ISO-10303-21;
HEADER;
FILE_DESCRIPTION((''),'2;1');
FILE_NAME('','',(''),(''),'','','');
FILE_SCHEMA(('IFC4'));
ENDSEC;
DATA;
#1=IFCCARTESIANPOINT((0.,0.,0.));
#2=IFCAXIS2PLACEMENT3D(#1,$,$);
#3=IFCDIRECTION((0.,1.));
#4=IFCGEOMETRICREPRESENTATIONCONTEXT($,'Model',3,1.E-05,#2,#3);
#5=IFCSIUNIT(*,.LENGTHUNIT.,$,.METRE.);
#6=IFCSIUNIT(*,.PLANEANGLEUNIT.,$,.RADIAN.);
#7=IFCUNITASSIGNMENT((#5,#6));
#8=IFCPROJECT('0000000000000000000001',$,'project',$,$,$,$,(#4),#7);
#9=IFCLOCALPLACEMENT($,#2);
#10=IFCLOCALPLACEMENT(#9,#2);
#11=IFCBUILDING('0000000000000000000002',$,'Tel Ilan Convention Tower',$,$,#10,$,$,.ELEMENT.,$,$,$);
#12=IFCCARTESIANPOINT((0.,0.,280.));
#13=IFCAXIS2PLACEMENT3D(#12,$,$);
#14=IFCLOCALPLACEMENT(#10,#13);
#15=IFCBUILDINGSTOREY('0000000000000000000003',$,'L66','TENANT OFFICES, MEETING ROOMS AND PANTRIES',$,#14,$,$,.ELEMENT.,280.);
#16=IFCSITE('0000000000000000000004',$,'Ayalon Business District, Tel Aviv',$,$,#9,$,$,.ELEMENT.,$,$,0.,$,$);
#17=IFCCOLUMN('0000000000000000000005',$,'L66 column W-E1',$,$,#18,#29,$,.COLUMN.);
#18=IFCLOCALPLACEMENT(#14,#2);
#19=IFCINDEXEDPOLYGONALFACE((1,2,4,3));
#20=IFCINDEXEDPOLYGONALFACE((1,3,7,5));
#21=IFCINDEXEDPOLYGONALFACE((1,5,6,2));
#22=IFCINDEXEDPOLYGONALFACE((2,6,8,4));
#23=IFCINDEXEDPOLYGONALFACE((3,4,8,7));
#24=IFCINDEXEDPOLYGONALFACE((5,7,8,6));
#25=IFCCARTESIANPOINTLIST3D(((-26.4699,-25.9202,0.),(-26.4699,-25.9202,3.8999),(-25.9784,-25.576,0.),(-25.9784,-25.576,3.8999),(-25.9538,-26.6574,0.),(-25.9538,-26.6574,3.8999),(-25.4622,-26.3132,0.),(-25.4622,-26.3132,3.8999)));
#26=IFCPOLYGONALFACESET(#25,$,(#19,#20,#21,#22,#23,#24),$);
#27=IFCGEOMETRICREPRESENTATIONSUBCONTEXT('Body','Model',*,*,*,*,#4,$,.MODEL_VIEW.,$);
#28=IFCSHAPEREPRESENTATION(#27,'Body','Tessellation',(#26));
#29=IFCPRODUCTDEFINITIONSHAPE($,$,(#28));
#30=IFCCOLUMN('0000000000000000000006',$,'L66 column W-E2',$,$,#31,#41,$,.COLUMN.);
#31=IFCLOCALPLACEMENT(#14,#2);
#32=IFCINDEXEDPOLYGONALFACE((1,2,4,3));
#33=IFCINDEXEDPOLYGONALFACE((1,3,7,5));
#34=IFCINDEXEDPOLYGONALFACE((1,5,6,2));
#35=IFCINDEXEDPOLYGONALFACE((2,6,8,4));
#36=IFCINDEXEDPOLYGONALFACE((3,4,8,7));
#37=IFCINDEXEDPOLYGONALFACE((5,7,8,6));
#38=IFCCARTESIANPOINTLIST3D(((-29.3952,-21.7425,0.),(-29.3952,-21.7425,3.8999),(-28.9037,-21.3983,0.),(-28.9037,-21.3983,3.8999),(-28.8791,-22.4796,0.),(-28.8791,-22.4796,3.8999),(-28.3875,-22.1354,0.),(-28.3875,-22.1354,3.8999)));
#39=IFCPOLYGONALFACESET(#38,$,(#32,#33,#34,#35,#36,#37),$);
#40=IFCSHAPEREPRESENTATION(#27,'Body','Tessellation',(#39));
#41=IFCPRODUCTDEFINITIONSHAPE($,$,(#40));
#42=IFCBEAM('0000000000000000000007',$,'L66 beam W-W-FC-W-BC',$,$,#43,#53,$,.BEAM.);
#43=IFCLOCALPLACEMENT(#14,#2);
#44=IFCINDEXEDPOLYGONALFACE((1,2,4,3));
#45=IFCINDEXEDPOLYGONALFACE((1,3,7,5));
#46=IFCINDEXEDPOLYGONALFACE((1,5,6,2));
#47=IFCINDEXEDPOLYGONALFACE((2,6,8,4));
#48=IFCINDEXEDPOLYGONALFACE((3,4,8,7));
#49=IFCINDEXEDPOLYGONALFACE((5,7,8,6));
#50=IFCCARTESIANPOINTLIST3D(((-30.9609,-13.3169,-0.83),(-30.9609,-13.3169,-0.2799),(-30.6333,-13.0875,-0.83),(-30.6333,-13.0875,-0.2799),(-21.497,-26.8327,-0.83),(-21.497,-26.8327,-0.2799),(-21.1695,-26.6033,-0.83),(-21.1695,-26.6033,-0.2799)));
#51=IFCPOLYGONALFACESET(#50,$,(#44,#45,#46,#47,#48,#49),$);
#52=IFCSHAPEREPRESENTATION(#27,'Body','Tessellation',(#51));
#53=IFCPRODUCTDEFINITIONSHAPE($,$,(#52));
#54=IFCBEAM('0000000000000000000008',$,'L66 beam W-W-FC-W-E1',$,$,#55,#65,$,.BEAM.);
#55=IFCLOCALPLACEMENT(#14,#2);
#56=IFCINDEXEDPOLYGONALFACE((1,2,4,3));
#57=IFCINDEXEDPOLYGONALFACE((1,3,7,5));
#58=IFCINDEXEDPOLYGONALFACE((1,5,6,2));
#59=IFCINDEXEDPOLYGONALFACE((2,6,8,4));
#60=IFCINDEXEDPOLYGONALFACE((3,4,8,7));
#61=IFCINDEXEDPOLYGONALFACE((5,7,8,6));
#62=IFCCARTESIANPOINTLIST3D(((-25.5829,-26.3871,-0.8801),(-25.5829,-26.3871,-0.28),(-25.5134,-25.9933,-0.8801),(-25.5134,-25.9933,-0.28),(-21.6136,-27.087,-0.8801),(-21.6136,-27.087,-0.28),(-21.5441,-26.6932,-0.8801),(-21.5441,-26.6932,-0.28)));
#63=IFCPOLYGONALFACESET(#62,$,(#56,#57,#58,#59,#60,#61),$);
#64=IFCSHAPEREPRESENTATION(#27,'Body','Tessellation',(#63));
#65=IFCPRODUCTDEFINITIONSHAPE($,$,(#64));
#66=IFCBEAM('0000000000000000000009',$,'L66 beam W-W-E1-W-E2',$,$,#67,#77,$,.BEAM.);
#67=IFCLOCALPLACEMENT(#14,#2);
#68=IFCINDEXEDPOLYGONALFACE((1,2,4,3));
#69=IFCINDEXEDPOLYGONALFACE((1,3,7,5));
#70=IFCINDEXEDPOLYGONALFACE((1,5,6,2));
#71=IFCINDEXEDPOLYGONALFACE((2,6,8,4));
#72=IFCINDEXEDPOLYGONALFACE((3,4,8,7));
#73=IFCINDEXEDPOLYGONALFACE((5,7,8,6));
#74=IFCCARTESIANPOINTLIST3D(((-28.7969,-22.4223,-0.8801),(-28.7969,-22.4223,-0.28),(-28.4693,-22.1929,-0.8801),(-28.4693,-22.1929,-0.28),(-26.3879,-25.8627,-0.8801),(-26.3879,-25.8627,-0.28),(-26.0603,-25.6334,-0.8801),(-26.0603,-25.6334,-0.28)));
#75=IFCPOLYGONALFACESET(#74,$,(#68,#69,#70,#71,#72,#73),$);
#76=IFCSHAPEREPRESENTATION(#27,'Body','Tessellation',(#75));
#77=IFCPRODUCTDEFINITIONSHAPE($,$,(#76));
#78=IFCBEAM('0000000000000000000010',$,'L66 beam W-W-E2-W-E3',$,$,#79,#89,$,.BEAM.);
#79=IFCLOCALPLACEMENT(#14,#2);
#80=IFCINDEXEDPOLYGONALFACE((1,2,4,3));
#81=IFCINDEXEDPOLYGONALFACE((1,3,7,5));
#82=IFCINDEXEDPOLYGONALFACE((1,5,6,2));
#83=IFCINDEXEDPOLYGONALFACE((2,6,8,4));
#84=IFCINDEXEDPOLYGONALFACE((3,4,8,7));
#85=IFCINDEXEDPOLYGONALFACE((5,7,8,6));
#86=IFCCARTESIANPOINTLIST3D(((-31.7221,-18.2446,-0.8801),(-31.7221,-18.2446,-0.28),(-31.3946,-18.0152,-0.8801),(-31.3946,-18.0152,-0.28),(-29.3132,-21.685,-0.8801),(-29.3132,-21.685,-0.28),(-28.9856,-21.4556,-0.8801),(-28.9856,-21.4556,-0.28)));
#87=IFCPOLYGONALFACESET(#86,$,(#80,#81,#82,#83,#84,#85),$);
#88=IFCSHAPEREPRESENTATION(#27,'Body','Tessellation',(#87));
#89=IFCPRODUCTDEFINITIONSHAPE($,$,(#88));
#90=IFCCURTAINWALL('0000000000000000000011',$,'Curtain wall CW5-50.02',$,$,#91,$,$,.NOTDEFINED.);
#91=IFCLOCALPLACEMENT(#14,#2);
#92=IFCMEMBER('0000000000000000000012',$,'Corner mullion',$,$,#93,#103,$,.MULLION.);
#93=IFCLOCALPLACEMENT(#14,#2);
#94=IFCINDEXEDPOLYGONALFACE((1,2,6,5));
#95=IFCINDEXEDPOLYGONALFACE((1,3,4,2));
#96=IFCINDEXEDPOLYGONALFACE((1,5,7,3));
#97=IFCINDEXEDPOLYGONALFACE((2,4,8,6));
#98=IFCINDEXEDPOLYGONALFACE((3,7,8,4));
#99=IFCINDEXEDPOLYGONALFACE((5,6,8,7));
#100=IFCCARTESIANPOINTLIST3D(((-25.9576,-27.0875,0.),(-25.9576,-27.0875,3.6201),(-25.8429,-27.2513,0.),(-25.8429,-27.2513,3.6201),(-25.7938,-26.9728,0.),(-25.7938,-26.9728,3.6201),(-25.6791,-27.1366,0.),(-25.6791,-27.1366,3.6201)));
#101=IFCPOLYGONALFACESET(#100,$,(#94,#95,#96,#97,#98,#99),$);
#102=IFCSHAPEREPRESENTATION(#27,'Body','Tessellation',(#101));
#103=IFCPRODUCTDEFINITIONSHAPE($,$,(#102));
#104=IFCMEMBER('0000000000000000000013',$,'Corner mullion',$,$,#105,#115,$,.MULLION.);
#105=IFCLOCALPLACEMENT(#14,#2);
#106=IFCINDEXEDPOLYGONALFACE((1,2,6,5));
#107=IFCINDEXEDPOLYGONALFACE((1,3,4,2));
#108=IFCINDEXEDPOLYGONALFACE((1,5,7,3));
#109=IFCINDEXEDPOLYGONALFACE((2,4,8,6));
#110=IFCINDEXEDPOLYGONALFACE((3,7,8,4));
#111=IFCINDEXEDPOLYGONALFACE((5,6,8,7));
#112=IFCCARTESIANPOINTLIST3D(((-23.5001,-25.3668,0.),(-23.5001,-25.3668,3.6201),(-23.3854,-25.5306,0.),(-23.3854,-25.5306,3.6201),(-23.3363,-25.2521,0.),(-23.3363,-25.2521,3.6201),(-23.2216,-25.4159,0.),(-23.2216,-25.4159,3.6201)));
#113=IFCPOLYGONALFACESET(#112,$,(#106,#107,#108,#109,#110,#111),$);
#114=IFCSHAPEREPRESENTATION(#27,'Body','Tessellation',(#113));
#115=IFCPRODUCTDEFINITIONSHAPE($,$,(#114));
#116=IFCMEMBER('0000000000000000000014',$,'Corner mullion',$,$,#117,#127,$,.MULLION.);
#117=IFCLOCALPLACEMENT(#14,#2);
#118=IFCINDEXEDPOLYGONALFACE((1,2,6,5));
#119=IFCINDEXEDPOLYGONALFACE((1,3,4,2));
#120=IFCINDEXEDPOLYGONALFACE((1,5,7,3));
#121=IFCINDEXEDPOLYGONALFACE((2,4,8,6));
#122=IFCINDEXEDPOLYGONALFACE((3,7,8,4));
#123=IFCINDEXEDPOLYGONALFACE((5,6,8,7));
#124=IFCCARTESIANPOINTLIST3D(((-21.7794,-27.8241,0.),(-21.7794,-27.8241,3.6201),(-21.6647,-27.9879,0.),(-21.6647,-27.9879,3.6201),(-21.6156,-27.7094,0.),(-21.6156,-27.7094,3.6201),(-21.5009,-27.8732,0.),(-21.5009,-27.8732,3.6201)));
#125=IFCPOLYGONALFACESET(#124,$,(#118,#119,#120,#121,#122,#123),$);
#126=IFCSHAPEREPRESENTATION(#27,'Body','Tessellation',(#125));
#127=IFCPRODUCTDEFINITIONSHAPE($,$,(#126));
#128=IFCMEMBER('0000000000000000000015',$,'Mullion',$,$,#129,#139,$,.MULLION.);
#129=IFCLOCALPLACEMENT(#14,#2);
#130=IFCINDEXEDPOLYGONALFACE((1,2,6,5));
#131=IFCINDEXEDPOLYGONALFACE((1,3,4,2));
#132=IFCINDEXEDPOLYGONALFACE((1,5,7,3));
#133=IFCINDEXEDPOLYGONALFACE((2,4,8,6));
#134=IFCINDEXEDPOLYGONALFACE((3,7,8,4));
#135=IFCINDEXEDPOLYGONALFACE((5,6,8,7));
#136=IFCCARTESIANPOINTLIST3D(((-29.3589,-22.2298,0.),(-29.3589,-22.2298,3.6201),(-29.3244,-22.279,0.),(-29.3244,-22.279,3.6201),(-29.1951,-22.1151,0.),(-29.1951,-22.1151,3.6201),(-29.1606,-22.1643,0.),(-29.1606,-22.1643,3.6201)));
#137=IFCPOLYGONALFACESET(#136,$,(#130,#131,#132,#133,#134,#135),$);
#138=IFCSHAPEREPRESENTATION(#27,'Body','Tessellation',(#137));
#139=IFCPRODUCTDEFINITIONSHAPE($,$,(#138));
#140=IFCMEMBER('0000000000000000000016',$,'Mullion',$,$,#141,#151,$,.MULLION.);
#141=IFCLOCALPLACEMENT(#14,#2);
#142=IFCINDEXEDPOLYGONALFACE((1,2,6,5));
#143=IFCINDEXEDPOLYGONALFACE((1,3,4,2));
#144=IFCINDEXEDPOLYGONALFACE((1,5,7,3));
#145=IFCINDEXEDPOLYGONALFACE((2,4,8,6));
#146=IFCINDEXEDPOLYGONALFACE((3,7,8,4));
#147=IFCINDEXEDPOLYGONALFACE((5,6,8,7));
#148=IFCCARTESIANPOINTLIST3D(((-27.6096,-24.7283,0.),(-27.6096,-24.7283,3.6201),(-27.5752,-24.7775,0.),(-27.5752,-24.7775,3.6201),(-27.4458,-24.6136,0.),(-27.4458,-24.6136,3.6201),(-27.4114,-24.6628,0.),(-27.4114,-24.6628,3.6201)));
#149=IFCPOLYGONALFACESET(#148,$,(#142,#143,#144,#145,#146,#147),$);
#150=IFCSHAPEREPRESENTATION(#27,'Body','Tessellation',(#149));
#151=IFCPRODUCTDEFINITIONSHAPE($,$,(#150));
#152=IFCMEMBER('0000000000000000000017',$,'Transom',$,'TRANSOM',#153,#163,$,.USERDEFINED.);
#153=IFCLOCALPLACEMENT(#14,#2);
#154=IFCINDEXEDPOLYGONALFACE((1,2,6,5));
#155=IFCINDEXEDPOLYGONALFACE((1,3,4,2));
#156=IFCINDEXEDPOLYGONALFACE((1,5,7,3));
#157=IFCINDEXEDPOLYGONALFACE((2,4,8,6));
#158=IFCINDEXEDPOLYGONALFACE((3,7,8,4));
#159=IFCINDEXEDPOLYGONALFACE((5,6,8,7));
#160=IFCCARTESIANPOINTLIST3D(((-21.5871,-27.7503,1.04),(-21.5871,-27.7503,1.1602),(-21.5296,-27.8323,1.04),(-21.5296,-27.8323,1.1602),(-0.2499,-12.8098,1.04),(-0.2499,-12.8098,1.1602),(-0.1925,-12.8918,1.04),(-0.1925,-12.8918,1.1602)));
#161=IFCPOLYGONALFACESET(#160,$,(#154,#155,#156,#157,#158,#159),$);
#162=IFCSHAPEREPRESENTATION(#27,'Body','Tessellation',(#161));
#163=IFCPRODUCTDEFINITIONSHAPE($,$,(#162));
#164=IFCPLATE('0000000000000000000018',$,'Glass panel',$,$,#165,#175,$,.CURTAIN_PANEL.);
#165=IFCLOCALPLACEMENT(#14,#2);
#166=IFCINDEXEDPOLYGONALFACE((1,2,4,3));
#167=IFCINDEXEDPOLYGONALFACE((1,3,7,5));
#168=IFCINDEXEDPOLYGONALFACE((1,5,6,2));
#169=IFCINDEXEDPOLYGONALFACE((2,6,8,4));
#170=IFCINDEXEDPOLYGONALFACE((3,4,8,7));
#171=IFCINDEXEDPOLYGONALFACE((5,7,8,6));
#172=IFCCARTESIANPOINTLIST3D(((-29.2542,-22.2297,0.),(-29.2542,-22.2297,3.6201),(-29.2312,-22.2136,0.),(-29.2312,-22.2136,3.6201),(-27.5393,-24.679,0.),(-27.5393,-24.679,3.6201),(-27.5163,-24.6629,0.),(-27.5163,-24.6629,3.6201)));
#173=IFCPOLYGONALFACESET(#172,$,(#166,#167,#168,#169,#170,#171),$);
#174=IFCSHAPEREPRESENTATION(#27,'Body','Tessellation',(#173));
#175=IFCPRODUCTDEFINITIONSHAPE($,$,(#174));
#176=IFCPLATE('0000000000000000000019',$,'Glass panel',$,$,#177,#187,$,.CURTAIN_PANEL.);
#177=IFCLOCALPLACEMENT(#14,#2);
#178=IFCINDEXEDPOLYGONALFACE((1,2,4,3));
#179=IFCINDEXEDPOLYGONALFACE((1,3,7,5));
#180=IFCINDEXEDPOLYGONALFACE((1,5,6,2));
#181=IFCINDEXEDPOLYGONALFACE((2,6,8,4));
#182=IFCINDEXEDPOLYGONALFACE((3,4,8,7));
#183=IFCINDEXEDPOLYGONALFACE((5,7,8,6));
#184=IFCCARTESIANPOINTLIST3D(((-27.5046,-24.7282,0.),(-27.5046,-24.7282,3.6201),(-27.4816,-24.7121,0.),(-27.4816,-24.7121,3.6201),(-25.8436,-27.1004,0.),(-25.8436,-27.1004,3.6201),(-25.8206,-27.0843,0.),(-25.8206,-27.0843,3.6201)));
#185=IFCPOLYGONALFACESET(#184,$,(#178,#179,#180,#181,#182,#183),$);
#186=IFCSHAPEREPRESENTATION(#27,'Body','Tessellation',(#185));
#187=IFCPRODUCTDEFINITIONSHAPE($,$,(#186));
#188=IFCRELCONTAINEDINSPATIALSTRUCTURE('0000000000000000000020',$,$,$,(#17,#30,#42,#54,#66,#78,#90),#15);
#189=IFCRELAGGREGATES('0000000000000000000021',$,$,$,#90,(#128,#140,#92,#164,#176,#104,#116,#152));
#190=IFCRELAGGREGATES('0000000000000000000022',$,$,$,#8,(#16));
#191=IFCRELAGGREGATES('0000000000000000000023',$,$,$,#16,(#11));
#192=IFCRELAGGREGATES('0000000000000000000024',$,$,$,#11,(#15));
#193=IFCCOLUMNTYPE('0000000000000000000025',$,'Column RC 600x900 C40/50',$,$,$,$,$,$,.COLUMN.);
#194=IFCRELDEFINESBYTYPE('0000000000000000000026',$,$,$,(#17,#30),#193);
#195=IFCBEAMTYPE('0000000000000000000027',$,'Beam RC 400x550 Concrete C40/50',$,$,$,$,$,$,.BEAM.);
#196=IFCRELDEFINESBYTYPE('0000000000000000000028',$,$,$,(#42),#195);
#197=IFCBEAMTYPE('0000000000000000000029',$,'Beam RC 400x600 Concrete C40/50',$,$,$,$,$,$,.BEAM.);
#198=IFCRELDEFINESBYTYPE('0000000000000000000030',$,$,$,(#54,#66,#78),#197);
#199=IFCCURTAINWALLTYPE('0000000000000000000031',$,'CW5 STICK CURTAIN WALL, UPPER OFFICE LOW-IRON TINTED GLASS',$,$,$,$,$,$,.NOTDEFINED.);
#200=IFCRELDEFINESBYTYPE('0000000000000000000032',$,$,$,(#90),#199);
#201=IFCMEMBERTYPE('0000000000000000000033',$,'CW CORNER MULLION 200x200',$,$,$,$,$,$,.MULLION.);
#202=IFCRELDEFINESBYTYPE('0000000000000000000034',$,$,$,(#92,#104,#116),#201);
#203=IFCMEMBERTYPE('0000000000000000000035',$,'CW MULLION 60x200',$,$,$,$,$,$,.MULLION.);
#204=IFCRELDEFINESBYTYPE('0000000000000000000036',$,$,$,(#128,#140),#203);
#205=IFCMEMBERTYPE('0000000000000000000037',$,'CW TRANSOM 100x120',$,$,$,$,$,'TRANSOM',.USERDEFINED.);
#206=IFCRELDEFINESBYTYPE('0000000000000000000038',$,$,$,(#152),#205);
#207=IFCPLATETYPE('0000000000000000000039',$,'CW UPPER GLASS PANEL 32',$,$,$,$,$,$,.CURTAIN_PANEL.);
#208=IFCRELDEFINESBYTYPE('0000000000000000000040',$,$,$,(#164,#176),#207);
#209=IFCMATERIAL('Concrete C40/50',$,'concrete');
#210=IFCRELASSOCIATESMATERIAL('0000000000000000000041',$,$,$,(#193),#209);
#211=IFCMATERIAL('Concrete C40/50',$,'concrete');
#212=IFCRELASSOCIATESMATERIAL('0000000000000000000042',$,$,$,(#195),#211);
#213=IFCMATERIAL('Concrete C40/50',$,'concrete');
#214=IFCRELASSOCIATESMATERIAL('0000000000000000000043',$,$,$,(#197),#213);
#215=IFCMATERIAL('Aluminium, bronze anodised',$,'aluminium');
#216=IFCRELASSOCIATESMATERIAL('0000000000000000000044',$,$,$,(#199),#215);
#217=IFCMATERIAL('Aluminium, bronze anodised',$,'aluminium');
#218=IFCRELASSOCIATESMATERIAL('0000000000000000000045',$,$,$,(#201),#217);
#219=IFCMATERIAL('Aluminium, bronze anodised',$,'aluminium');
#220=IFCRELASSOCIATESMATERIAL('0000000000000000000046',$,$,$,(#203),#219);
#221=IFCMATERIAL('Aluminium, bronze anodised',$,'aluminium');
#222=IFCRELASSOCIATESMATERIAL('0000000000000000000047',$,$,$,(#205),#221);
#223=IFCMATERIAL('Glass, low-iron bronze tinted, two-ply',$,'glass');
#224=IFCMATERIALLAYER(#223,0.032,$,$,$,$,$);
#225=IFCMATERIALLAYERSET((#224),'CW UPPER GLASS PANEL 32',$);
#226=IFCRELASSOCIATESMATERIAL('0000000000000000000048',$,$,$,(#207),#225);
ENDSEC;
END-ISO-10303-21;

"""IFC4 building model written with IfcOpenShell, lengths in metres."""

from ifc_helpers import new_model, si_unit, direction, frame, origin, origin_2d, place, context, subcontext, project, spatial, rectangle, extrude, material, layer, layer_set, material_profile, profile_set, type_object, element, aggregate, save


model = new_model("IFC4")

# Units and contexts
model_context = context("Model", 3, precision=1e-05, world=origin(), true_north=direction((0.0, 1.0)))
body_context = subcontext(model_context, "Body", "Model", "MODEL_VIEW")
ifc_project = project(units=[si_unit("LENGTHUNIT", "METRE"), si_unit("PLANEANGLEUNIT", "RADIAN")], contexts=[model_context])

# Site, building, storey
site_placement = place(None, origin())
site = spatial("IfcSite", under=ifc_project, at=site_placement, Name="Ayalon Business District, Tel Aviv", CompositionType="ELEMENT", RefElevation=0.0)
building_placement = place(site_placement, origin())
building = spatial("IfcBuilding", under=site, at=building_placement, Name="Tel Ilan Convention Tower", CompositionType="ELEMENT")
storey_placement = place(building_placement, frame((0.0, 0.0, 280.0)))
storey = spatial("IfcBuildingStorey", under=building, at=storey_placement, Name="L66", Description="TENANT OFFICES, MEETING ROOMS AND PANTRIES", CompositionType="ELEMENT", Elevation=280.0)

# Columns
ifc_material_1 = material(Name="Concrete C40/50", Category="concrete")
ifc_material_profile_1 = material_profile(ifc_material_1, rectangle(XDim=0.8999, YDim=0.6001, at=origin_2d()), Name="RC 600x900")
ifc_profile_set_1 = profile_set([ifc_material_profile_1], Name="Concrete C40/50")
column_type = type_object("IfcColumnType", Name="Column RC 600x900 C40/50", PredefinedType="COLUMN", material=ifc_profile_set_1)
for number, where, z_axis, x_axis, name in (
    (1, (-25.9661, -26.1167, 0.0), (0.0, 0.0, 1.0), (-0.573576, 0.819152, 0.0), "L66 column W-E1"),
    (2, (-28.8914, -21.939, 0.0), (0.0, 0.0, 1.0), (-0.573576, 0.819152, 0.0), "L66 column W-E2"),
):
    element("IfcColumn", number, at=place(storey_placement, frame(where, z_axis=z_axis, x_axis=x_axis)), inside=storey, type_object=column_type, Name=name, PredefinedType="COLUMN", context=body_context, shape_type="SweptSolid", body=[
        extrude(rectangle(XDim=0.8999, YDim=0.6001, at=origin_2d()), origin(), (0.0, 0.0, 1.0), 3.8999),
    ])

# Beams
ifc_material_2 = material(Name="Concrete C40/50", Category="concrete")
ifc_material_profile_2 = material_profile(ifc_material_2, rectangle(XDim=0.3999, YDim=0.55, at=origin_2d()), Name="RC 400x550")
ifc_profile_set_2 = profile_set([ifc_material_profile_2], Name="Concrete C40/50")
beam_type_1 = type_object("IfcBeamType", Name="Beam RC 400x550 Concrete C40/50", PredefinedType="BEAM", material=ifc_profile_set_2)
beam_1_placement = place(storey_placement, frame((-21.3333, -26.718, -0.5549), z_axis=(-0.573575, 0.819153, 0.0), x_axis=(-0.819153, -0.573575, 0.0)))
element("IfcBeam", 3, at=beam_1_placement, inside=storey, type_object=beam_type_1, Name="L66 beam W-W-FC-W-BC", PredefinedType="BEAM", context=body_context, shape_type="SweptSolid", body=[
    extrude(rectangle(XDim=0.3999, YDim=0.55, at=origin_2d()), origin(), (0.0, 0.0, 1.0), 16.4998),
])
ifc_material_3 = material(Name="Concrete C40/50", Category="concrete")
ifc_material_profile_3 = material_profile(ifc_material_3, rectangle(XDim=0.3999, YDim=0.6001, at=origin_2d()), Name="RC 400x600")
ifc_profile_set_3 = profile_set([ifc_material_profile_3], Name="Concrete C40/50")
beam_type_2 = type_object("IfcBeamType", Name="Beam RC 400x600 Concrete C40/50", PredefinedType="BEAM", material=ifc_profile_set_3)
beam_2_placement = place(storey_placement, frame((-21.5789, -26.8901, -0.5801), z_axis=(-0.984805, 0.173664, 0.0), x_axis=(-0.173664, -0.984805, 0.0)))
element("IfcBeam", 4, at=beam_2_placement, inside=storey, type_object=beam_type_2, Name="L66 beam W-W-FC-W-E1", PredefinedType="BEAM", context=body_context, shape_type="SweptSolid", body=[
    extrude(rectangle(XDim=0.3999, YDim=0.6001, at=origin_2d()), origin(), (0.0, 0.0, 1.0), 4.0305),
])
for number, where, z_axis, x_axis, name in (
    (5, (-26.2241, -25.748, -0.5801), (-0.573564, 0.819161, 0.0), (-0.819161, -0.573564, 0.0), "L66 beam W-W-E1-W-E2"),
    (6, (-29.1494, -21.5703, -0.5801), (-0.573564, 0.819161, 0.0), (-0.819161, -0.573564, 0.0), "L66 beam W-W-E2-W-E3"),
):
    element("IfcBeam", number, at=place(storey_placement, frame(where, z_axis=z_axis, x_axis=x_axis)), inside=storey, type_object=beam_type_2, Name=name, PredefinedType="BEAM", context=body_context, shape_type="SweptSolid", body=[
        extrude(rectangle(XDim=0.3999, YDim=0.6001, at=origin_2d()), origin(), (0.0, 0.0, 1.0), 4.2),
    ])

# Curtain wall, members, plates
ifc_material_4 = material(Name="Aluminium, bronze anodised", Category="aluminium")
curtain_wall_type = type_object("IfcCurtainWallType", Name="CW5 STICK CURTAIN WALL, UPPER OFFICE LOW-IRON TINTED GLASS", PredefinedType="NOTDEFINED", material=ifc_material_4)
curtain_wall_placement = place(storey_placement, origin())
curtain_wall = element("IfcCurtainWall", 7, at=curtain_wall_placement, inside=storey, type_object=curtain_wall_type, Name="Curtain wall CW5-50.02", PredefinedType="NOTDEFINED")
ifc_material_5 = material(Name="Aluminium, bronze anodised", Category="aluminium")
ifc_material_profile_4 = material_profile(ifc_material_5, rectangle(XDim=0.2, YDim=0.2, at=origin_2d()), Name="CW CORNER MULLION 200x200")
ifc_profile_set_4 = profile_set([ifc_material_profile_4], Name="Aluminium, bronze anodised")
member_type_1 = type_object("IfcMemberType", Name="CW CORNER MULLION 200x200", PredefinedType="MULLION", material=ifc_profile_set_4)
member_1_placement = place(storey_placement, frame((-25.8184, -27.1121, 0.0), z_axis=(0.0, 0.0, 1.0), x_axis=(0.573576, -0.819152, 0.0)))
member_1 = element("IfcMember", 8, at=member_1_placement, type_object=member_type_1, Name="Corner mullion", PredefinedType="MULLION", context=body_context, shape_type="SweptSolid", body=[
    extrude(rectangle(XDim=0.2, YDim=0.2, at=origin_2d()), origin(), (0.0, 0.0, 1.0), 3.6201),
])
member_2_placement = place(storey_placement, frame((-23.3608, -25.3914, 0.0), z_axis=(0.0, 0.0, 1.0), x_axis=(0.819152, 0.573576, 0.0)))
member_2 = element("IfcMember", 9, at=member_2_placement, type_object=member_type_1, Name="Corner mullion", PredefinedType="MULLION", context=body_context, shape_type="SweptSolid", body=[
    extrude(rectangle(XDim=0.2, YDim=0.2, at=origin_2d()), origin(), (0.0, 0.0, 1.0), 3.6201),
])
member_3_placement = place(storey_placement, frame((-21.6401, -27.8486, 0.0), z_axis=(0.0, 0.0, 1.0), x_axis=(0.573576, -0.819152, 0.0)))
member_3 = element("IfcMember", 10, at=member_3_placement, type_object=member_type_1, Name="Corner mullion", PredefinedType="MULLION", context=body_context, shape_type="SweptSolid", body=[
    extrude(rectangle(XDim=0.2, YDim=0.2, at=origin_2d()), origin(), (0.0, 0.0, 1.0), 3.6201),
])
ifc_material_6 = material(Name="Aluminium, bronze anodised", Category="aluminium")
ifc_material_profile_5 = material_profile(ifc_material_6, rectangle(XDim=0.0601, YDim=0.2, at=origin_2d()), Name="CW MULLION 60x200")
ifc_profile_set_5 = profile_set([ifc_material_profile_5], Name="Aluminium, bronze anodised")
member_type_2 = type_object("IfcMemberType", Name="CW MULLION 60x200", PredefinedType="MULLION", material=ifc_profile_set_5)
member_4_placement = place(storey_placement, frame((-29.2598, -22.197, 0.0), z_axis=(0.0, 0.0, 1.0), x_axis=(0.573576, -0.819152, 0.0)))
member_4 = element("IfcMember", 11, at=member_4_placement, type_object=member_type_2, Name="Mullion", PredefinedType="MULLION", context=body_context, shape_type="SweptSolid", body=[
    extrude(rectangle(XDim=0.0601, YDim=0.2, at=origin_2d()), origin(), (0.0, 0.0, 1.0), 3.6201),
])
member_5_placement = place(storey_placement, frame((-27.5105, -24.6956, 0.0), z_axis=(0.0, 0.0, 1.0), x_axis=(0.573576, -0.819152, 0.0)))
member_5 = element("IfcMember", 12, at=member_5_placement, type_object=member_type_2, Name="Mullion", PredefinedType="MULLION", context=body_context, shape_type="SweptSolid", body=[
    extrude(rectangle(XDim=0.0601, YDim=0.2, at=origin_2d()), origin(), (0.0, 0.0, 1.0), 3.6201),
])
ifc_material_7 = material(Name="Aluminium, bronze anodised", Category="aluminium")
ifc_material_profile_6 = material_profile(ifc_material_7, rectangle(XDim=0.1001, YDim=0.1201, at=origin_2d()), Name="CW TRANSOM 100x120")
ifc_profile_set_6 = profile_set([ifc_material_profile_6], Name="Aluminium, bronze anodised")
member_type_3 = type_object("IfcMemberType", Name="CW TRANSOM 100x120", ElementType="TRANSOM", PredefinedType="USERDEFINED", material=ifc_profile_set_6)
member_6_placement = place(storey_placement, frame((-21.5583, -27.7913, 1.1001), z_axis=(0.819152, 0.573576, 0.0), x_axis=(-0.573576, 0.819152, 0.0)))
member_6 = element("IfcMember", 13, at=member_6_placement, type_object=member_type_3, Name="Transom", ObjectType="TRANSOM", PredefinedType="USERDEFINED", context=body_context, shape_type="SweptSolid", body=[
    extrude(rectangle(XDim=0.1001, YDim=0.1201, at=origin_2d()), origin(), (0.0, 0.0, 1.0), 26.0479),
])
ifc_material_8 = material(Name="Glass, low-iron bronze tinted, two-ply", Category="glass")
ifc_layer_1 = layer(ifc_material_8, 0.032)
ifc_layer_set_1 = layer_set([ifc_layer_1], Name="CW UPPER GLASS PANEL 32")
plate_type = type_object("IfcPlateType", Name="CW UPPER GLASS PANEL 32", PredefinedType="CURTAIN_PANEL", material=ifc_layer_set_1)
plate_1_placement = place(storey_placement, frame((-28.3853, -23.4463, 0.0), z_axis=(0.0, 0.0, 1.0), x_axis=(0.573576, -0.819152, 0.0)))
plate_1 = element("IfcPlate", 14, at=plate_1_placement, type_object=plate_type, Name="Glass panel", PredefinedType="CURTAIN_PANEL", context=body_context, shape_type="SweptSolid", body=[
    extrude(rectangle(XDim=2.99, YDim=0.0281, at=origin_2d()), origin(), (0.0, 0.0, 1.0), 3.6201),
])
plate_2_placement = place(storey_placement, frame((-26.6626, -25.9062, 0.0), z_axis=(0.0, 0.0, 1.0), x_axis=(0.573576, -0.819152, 0.0)))
plate_2 = element("IfcPlate", 15, at=plate_2_placement, type_object=plate_type, Name="Glass panel", PredefinedType="CURTAIN_PANEL", context=body_context, shape_type="SweptSolid", body=[
    extrude(rectangle(XDim=2.896, YDim=0.0281, at=origin_2d()), origin(), (0.0, 0.0, 1.0), 3.6201),
])
aggregate(curtain_wall, [member_4, member_5, member_1, plate_1, plate_2, member_2, member_3, member_6])

save(model, "model.ifc")
